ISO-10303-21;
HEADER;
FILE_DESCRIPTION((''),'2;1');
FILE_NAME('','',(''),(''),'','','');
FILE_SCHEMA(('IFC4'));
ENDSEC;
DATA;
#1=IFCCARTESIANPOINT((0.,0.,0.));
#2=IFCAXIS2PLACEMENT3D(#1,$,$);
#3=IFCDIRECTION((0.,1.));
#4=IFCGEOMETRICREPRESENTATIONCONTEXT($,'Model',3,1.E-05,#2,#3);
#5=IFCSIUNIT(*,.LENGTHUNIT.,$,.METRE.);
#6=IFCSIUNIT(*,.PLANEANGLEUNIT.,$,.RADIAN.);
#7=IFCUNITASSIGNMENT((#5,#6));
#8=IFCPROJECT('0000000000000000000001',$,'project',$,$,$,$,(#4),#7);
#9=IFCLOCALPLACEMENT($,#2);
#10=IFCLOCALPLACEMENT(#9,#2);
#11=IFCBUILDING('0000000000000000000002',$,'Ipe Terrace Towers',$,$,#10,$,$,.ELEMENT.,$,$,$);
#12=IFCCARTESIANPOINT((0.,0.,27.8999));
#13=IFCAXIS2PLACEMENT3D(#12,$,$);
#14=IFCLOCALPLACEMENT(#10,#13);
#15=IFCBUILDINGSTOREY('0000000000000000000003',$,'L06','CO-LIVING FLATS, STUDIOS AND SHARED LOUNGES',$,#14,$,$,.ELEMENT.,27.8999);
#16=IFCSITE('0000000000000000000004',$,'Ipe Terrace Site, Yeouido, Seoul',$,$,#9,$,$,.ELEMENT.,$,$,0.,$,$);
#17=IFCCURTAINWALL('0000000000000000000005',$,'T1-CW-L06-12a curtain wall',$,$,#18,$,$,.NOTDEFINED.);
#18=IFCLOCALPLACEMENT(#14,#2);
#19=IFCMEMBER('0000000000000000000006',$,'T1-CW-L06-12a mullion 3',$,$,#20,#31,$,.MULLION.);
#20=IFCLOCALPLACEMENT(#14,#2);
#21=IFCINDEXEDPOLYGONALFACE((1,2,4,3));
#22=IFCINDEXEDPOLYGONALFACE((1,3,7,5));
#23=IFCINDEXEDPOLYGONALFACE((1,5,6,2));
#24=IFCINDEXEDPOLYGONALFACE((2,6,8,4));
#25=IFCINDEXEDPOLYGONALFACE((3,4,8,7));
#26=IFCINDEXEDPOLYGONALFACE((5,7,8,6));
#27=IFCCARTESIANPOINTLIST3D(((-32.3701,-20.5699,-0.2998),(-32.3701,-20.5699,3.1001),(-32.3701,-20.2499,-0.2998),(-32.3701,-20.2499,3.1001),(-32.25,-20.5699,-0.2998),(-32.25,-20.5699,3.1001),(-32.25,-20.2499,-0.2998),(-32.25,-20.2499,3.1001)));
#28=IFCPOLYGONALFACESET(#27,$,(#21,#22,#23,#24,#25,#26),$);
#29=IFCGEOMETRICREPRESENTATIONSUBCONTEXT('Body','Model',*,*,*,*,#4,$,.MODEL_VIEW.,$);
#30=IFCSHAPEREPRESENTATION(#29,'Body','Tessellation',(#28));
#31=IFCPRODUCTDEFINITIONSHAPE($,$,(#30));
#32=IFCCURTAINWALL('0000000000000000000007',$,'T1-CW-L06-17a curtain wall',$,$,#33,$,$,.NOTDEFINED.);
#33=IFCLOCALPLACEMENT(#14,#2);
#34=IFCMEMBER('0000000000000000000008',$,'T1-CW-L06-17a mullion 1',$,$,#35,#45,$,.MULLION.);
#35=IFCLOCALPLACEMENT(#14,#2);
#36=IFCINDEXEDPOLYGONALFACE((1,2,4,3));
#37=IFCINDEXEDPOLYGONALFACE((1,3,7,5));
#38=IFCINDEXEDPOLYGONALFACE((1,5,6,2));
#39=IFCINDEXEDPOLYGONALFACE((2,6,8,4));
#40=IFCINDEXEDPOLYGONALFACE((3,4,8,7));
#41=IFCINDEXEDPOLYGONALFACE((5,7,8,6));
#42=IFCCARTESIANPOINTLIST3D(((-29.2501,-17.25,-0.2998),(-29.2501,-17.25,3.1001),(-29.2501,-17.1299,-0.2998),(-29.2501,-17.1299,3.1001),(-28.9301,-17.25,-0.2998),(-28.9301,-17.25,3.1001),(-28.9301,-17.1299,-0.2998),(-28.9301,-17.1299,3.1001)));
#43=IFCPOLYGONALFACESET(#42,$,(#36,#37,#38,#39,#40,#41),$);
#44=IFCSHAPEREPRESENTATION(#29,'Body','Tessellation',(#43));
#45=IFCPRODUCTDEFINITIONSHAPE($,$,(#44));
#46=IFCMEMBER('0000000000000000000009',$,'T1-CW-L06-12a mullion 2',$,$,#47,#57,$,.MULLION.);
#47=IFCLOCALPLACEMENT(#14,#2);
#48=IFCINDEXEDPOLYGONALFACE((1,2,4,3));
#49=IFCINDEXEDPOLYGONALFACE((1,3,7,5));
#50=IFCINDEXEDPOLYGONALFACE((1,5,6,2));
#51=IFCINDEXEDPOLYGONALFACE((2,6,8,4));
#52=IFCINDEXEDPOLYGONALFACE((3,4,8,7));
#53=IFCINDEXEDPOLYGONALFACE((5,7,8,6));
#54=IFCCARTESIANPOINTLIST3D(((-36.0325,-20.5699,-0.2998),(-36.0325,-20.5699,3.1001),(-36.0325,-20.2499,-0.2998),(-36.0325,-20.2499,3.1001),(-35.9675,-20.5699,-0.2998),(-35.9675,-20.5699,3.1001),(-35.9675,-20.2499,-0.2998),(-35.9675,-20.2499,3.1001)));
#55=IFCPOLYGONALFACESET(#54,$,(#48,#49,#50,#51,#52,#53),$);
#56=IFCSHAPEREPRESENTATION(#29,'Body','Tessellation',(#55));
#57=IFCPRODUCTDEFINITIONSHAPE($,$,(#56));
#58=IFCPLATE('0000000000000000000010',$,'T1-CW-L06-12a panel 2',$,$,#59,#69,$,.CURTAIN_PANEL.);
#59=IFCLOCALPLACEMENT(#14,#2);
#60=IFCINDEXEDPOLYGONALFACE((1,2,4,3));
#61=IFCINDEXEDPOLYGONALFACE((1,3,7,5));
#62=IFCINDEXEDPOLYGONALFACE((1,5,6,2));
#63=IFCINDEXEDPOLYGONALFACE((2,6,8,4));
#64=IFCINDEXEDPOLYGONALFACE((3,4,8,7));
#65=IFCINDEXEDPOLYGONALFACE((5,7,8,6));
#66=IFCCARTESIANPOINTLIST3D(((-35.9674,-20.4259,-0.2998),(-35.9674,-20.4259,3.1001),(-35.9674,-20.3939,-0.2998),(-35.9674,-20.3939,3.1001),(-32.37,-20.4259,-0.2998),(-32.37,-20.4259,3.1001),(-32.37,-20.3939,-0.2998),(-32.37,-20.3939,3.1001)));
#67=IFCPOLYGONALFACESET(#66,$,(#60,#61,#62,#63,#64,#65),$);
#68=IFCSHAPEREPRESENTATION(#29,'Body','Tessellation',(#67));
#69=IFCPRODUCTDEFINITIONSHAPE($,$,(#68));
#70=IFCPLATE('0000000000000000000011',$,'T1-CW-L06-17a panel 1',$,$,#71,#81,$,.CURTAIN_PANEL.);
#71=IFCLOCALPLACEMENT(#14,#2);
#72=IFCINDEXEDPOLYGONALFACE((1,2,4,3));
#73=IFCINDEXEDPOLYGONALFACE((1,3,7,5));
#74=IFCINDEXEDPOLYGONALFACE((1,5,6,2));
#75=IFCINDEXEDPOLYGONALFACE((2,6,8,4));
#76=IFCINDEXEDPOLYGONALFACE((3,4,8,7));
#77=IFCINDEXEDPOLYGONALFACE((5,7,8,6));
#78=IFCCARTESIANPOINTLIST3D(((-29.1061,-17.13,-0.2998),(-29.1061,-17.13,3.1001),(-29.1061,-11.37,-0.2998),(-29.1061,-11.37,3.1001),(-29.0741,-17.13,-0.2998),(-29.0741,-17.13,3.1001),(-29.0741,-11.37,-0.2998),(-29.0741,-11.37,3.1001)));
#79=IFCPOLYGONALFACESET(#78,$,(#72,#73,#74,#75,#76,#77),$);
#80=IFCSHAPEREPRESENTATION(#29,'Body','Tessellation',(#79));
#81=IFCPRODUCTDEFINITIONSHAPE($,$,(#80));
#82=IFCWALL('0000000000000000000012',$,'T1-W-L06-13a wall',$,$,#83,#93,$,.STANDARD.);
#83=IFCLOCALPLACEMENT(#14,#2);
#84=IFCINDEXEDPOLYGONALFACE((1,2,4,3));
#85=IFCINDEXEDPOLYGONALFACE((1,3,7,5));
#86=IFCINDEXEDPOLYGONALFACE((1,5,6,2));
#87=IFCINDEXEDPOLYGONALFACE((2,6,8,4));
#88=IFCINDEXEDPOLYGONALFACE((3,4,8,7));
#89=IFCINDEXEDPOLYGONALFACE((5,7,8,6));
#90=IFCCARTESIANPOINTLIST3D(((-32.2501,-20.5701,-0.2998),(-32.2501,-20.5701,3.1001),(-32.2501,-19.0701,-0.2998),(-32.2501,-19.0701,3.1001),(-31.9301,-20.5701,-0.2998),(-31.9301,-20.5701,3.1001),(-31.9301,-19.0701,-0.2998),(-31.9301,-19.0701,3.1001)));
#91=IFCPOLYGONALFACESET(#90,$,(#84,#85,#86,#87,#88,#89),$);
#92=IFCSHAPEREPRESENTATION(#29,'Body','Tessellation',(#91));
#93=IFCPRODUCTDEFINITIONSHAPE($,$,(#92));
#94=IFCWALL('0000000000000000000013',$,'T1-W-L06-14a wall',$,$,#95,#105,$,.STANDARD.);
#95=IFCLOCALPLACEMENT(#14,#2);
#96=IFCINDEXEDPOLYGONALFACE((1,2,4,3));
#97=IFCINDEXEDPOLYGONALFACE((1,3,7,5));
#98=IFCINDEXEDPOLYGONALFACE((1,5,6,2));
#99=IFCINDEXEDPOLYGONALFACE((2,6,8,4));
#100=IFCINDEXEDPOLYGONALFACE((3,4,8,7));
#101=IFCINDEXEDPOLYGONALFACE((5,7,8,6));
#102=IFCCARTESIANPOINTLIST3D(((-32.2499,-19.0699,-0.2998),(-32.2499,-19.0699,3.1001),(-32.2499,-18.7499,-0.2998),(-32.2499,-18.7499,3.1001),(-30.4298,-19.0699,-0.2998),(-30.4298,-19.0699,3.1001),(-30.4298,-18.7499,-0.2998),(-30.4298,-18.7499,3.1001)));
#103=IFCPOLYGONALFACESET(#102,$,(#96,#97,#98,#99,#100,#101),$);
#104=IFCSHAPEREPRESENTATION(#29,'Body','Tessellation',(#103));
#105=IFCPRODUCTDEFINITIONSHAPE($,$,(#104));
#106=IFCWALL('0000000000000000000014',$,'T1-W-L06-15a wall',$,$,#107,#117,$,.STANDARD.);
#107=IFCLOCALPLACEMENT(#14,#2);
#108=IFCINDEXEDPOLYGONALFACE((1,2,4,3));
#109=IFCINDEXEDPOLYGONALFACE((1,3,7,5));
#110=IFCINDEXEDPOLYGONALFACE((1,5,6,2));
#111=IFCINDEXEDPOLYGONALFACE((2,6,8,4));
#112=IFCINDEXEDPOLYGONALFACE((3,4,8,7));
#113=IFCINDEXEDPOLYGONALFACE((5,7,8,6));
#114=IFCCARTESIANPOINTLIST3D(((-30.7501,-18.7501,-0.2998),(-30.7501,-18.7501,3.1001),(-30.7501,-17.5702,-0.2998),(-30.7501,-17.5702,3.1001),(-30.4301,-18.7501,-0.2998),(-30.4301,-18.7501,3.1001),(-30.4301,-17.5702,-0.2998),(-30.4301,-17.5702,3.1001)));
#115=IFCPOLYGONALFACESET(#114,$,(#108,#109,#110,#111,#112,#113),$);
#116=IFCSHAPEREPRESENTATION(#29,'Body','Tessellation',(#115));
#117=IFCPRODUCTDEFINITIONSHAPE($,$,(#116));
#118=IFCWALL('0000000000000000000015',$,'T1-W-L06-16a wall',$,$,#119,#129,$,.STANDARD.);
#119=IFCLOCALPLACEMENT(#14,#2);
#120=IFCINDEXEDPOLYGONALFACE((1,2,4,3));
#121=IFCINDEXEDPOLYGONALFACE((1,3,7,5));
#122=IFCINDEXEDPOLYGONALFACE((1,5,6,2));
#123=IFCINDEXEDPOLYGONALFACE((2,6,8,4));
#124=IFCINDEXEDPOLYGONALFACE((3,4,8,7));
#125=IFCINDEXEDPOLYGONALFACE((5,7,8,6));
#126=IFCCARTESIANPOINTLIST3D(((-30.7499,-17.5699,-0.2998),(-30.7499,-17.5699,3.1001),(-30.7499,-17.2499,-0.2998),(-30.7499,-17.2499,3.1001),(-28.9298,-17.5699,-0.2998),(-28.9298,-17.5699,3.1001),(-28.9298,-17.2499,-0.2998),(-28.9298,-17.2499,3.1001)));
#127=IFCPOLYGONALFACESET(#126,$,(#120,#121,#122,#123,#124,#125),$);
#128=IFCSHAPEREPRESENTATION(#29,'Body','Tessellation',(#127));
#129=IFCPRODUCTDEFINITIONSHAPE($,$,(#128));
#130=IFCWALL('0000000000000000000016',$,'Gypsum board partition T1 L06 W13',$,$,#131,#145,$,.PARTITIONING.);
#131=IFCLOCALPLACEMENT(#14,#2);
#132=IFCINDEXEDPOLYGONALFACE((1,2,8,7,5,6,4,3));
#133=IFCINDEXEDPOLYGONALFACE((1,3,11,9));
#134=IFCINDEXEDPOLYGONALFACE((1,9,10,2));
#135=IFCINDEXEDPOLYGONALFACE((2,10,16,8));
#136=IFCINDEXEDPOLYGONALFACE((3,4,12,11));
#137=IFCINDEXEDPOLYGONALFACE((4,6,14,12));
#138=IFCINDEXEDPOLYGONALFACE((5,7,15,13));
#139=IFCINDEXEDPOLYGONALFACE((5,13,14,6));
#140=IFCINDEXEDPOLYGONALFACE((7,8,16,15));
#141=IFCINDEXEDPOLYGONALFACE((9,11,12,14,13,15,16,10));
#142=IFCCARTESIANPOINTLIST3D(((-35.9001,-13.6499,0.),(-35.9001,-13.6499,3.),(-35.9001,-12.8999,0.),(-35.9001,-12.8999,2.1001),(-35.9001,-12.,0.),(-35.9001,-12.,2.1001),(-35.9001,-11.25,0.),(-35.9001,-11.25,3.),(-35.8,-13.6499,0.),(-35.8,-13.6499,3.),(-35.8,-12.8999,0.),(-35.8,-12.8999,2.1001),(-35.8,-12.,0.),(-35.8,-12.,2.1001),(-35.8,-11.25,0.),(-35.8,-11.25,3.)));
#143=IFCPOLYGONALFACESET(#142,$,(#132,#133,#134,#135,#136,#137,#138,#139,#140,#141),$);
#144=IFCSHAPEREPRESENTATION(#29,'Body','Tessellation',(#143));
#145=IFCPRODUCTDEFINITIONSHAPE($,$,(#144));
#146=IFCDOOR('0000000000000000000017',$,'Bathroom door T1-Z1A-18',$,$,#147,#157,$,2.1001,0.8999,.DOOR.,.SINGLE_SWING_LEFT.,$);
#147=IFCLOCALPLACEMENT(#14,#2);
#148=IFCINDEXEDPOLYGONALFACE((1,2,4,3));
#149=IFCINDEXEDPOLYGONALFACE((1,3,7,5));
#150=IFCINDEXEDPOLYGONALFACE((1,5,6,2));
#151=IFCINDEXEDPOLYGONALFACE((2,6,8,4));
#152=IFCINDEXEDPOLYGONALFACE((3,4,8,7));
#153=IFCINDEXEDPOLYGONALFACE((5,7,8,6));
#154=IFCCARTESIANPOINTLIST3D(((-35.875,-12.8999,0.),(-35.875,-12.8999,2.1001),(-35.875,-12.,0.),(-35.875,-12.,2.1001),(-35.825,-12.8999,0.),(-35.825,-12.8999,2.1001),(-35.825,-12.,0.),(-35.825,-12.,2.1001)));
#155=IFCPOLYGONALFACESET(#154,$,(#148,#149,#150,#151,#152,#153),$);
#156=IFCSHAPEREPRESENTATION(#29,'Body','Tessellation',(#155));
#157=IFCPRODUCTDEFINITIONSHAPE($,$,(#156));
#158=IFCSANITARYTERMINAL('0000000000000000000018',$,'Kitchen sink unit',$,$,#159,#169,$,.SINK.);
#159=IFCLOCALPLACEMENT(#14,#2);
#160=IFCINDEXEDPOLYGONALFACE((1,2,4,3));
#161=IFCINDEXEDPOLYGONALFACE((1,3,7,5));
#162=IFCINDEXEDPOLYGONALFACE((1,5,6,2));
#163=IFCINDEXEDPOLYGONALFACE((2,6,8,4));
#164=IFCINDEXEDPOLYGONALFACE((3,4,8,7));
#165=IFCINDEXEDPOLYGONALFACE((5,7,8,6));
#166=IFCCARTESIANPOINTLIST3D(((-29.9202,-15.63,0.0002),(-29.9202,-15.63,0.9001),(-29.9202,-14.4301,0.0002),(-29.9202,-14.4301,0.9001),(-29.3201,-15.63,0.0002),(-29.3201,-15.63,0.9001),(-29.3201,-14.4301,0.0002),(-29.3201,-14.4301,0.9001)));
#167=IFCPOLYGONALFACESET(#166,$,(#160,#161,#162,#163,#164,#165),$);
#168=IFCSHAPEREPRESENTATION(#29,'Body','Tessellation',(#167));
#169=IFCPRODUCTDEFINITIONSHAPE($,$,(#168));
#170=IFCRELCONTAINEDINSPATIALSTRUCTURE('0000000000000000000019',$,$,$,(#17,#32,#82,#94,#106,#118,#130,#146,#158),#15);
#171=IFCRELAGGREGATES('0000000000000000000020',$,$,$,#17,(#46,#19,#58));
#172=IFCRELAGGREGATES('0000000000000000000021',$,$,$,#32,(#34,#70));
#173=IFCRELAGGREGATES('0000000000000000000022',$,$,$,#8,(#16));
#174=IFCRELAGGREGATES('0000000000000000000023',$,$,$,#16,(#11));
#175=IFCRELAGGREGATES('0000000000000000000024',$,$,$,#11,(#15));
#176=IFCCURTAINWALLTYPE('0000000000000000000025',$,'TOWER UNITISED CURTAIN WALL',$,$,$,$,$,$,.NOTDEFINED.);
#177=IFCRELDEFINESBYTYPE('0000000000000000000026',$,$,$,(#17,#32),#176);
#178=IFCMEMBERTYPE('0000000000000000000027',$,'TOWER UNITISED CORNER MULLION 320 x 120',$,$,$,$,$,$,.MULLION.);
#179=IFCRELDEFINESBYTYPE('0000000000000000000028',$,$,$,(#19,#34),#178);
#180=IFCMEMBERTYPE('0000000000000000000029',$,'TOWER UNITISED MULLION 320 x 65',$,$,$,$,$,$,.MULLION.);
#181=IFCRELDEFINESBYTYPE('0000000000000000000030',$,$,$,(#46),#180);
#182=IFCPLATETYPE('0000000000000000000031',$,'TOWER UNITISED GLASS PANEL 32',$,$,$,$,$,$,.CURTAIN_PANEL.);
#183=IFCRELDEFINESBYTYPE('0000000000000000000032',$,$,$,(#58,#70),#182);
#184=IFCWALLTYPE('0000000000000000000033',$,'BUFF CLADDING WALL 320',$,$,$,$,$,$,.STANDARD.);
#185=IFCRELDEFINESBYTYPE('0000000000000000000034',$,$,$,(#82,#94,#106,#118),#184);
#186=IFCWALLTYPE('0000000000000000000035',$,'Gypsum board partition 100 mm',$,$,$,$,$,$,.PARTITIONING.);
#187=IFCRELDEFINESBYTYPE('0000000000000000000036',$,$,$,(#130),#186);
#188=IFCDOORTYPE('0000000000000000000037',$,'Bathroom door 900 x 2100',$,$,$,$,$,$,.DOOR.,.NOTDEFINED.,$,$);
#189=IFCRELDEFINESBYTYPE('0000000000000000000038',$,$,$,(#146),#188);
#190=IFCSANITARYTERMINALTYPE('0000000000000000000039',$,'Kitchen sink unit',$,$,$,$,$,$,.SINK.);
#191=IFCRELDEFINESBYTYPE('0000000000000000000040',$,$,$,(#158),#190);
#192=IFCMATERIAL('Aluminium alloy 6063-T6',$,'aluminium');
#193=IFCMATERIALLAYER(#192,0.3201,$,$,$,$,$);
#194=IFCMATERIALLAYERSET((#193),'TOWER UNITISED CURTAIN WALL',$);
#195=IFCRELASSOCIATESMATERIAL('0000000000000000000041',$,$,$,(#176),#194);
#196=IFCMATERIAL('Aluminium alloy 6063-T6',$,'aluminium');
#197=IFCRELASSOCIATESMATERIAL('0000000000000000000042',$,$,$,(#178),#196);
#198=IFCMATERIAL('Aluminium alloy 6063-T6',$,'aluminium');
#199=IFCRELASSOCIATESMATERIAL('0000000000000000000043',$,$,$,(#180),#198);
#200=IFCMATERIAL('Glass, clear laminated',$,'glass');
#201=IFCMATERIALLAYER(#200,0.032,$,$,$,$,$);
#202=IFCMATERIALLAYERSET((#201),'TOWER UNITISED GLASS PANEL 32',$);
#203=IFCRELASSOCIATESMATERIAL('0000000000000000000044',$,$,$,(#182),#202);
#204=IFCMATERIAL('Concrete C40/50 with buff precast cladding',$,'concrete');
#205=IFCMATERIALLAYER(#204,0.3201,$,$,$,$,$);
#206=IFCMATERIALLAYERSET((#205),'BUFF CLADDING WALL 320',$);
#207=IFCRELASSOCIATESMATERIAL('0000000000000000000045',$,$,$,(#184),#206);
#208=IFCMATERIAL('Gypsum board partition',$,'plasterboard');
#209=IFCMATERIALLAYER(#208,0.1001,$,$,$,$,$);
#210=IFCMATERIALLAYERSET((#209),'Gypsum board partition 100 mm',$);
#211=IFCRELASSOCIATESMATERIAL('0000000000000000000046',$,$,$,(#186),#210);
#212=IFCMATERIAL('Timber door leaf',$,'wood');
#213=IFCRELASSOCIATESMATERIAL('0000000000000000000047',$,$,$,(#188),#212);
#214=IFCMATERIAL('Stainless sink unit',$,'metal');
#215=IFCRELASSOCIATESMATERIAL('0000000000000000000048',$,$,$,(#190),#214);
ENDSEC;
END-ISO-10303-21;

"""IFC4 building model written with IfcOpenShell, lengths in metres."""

from ifc_helpers import new_model, si_unit, direction, frame, frame_2d, origin, origin_2d, place, context, subcontext, project, spatial, rectangle, extrude, material, layer, layer_set, material_profile, profile_set, type_object, element, fill, aggregate, save


model = new_model("IFC4")

# Units and contexts
model_context = context("Model", 3, precision=1e-05, world=origin(), true_north=direction((0.0, 1.0)))
body_context = subcontext(model_context, "Body", "Model", "MODEL_VIEW")
ifc_project = project(units=[si_unit("LENGTHUNIT", "METRE"), si_unit("PLANEANGLEUNIT", "RADIAN")], contexts=[model_context])

# Site, building, storey
site_placement = place(None, origin())
site = spatial("IfcSite", under=ifc_project, at=site_placement, Name="Ipe Terrace Site, Yeouido, Seoul", CompositionType="ELEMENT", RefElevation=0.0)
building_placement = place(site_placement, origin())
building = spatial("IfcBuilding", under=site, at=building_placement, Name="Ipe Terrace Towers", CompositionType="ELEMENT")
storey_placement = place(building_placement, frame((0.0, 0.0, 27.8999)))
storey = spatial("IfcBuildingStorey", under=building, at=storey_placement, Name="L06", Description="CO-LIVING FLATS, STUDIOS AND SHARED LOUNGES", CompositionType="ELEMENT", Elevation=27.8999)

# Curtain walls, members
ifc_material_1 = material(Name="Aluminium alloy 6063-T6", Category="aluminium")
ifc_layer_1 = layer(ifc_material_1, 0.3201)
ifc_layer_set_1 = layer_set([ifc_layer_1], Name="TOWER UNITISED CURTAIN WALL")
curtain_wall_type = type_object("IfcCurtainWallType", Name="TOWER UNITISED CURTAIN WALL", PredefinedType="NOTDEFINED", material=ifc_layer_set_1)
curtain_wall_1_placement = place(storey_placement, origin())
curtain_wall_1 = element("IfcCurtainWall", 1, at=curtain_wall_1_placement, inside=storey, type_object=curtain_wall_type, Name="T1-CW-L06-12a curtain wall", PredefinedType="NOTDEFINED")
ifc_material_2 = material(Name="Aluminium alloy 6063-T6", Category="aluminium")
ifc_material_profile_1 = material_profile(ifc_material_2, rectangle(XDim=0.3201, YDim=0.1201, at=origin_2d()), Name="TOWER UNITISED CORNER MULLION 320 x 120")
ifc_profile_set_1 = profile_set([ifc_material_profile_1], Name="Aluminium alloy 6063-T6")
member_type_1 = type_object("IfcMemberType", Name="TOWER UNITISED CORNER MULLION 320 x 120", PredefinedType="MULLION", material=ifc_profile_set_1)
member_1_placement = place(storey_placement, frame((-32.3101, -20.4099, -0.2998), z_axis=(0.0, 0.0, 1.0), x_axis=(0.0, -1.0, 0.0)))
member_1 = element("IfcMember", 2, at=member_1_placement, type_object=member_type_1, Name="T1-CW-L06-12a mullion 3", PredefinedType="MULLION", context=body_context, shape_type="SweptSolid", body=[
    extrude(rectangle(XDim=0.3201, YDim=0.1201, at=origin_2d()), origin(), (0.0, 0.0, 1.0), 3.3999),
])
curtain_wall_2_placement = place(storey_placement, origin())
curtain_wall_2 = element("IfcCurtainWall", 3, at=curtain_wall_2_placement, inside=storey, type_object=curtain_wall_type, Name="T1-CW-L06-17a curtain wall", PredefinedType="NOTDEFINED")
member_2_placement = place(storey_placement, frame((-29.0901, -17.1899, -0.2998), z_axis=(0.0, 0.0, 1.0), x_axis=(1.0, 0.0, 0.0)))
member_2 = element("IfcMember", 4, at=member_2_placement, type_object=member_type_1, Name="T1-CW-L06-17a mullion 1", PredefinedType="MULLION", context=body_context, shape_type="SweptSolid", body=[
    extrude(rectangle(XDim=0.3201, YDim=0.1201, at=origin_2d()), origin(), (0.0, 0.0, 1.0), 3.3999),
])

# Member
ifc_material_3 = material(Name="Aluminium alloy 6063-T6", Category="aluminium")
ifc_material_profile_2 = material_profile(ifc_material_3, rectangle(XDim=0.3201, YDim=0.0649, at=origin_2d()), Name="TOWER UNITISED MULLION 320 x 65")
ifc_profile_set_2 = profile_set([ifc_material_profile_2], Name="Aluminium alloy 6063-T6")
member_type_2 = type_object("IfcMemberType", Name="TOWER UNITISED MULLION 320 x 65", PredefinedType="MULLION", material=ifc_profile_set_2)
member_3_placement = place(storey_placement, frame((-36.0, -20.4099, -0.2998), z_axis=(0.0, 0.0, 1.0), x_axis=(0.0, -1.0, 0.0)))
member_3 = element("IfcMember", 5, at=member_3_placement, type_object=member_type_2, Name="T1-CW-L06-12a mullion 2", PredefinedType="MULLION", context=body_context, shape_type="SweptSolid", body=[
    extrude(rectangle(XDim=0.3201, YDim=0.0649, at=origin_2d()), origin(), (0.0, 0.0, 1.0), 3.3999),
])

# Plates
ifc_material_4 = material(Name="Glass, clear laminated", Category="glass")
ifc_layer_2 = layer(ifc_material_4, 0.032)
ifc_layer_set_2 = layer_set([ifc_layer_2], Name="TOWER UNITISED GLASS PANEL 32")
plate_type = type_object("IfcPlateType", Name="TOWER UNITISED GLASS PANEL 32", PredefinedType="CURTAIN_PANEL", material=ifc_layer_set_2)
plate_1_placement = place(storey_placement, frame((-34.1687, -20.4099, -0.2998), z_axis=(0.0, 0.0, 1.0), x_axis=(1.0, 0.0, 0.0)))
plate_1 = element("IfcPlate", 6, at=plate_1_placement, type_object=plate_type, Name="T1-CW-L06-12a panel 2", PredefinedType="CURTAIN_PANEL", context=body_context, shape_type="SweptSolid", body=[
    extrude(rectangle(XDim=3.5974, YDim=0.032, at=origin_2d()), origin(), (0.0, 0.0, 1.0), 3.3999),
])
aggregate(curtain_wall_1, [member_3, member_1, plate_1])
plate_2_placement = place(storey_placement, frame((-29.0901, -14.25, -0.2998), z_axis=(0.0, 0.0, 1.0), x_axis=(0.0, 1.0, 0.0)))
plate_2 = element("IfcPlate", 7, at=plate_2_placement, type_object=plate_type, Name="T1-CW-L06-17a panel 1", PredefinedType="CURTAIN_PANEL", context=body_context, shape_type="SweptSolid", body=[
    extrude(rectangle(XDim=5.76, YDim=0.032, at=origin_2d()), origin(), (0.0, 0.0, 1.0), 3.3999),
])
aggregate(curtain_wall_2, [member_2, plate_2])

# Walls
ifc_material_5 = material(Name="Concrete C40/50 with buff precast cladding", Category="concrete")
ifc_layer_3 = layer(ifc_material_5, 0.3201)
ifc_layer_set_3 = layer_set([ifc_layer_3], Name="BUFF CLADDING WALL 320")
wall_type_1 = type_object("IfcWallType", Name="BUFF CLADDING WALL 320", PredefinedType="STANDARD", material=ifc_layer_set_3)
wall_1_placement = place(storey_placement, frame((-32.0901, -20.5701, -0.2998), z_axis=(0.0, 0.0, 1.0), x_axis=(0.0, 1.0, 0.0)))
element("IfcWall", 8, at=wall_1_placement, inside=storey, type_object=wall_type_1, Name="T1-W-L06-13a wall", PredefinedType="STANDARD", context=body_context, shape_type="SweptSolid", body=[
    extrude(rectangle(XDim=1.5, YDim=0.3201, at=frame_2d((0.75, 0.0))), origin(), (0.0, 0.0, 1.0), 3.3999),
])
wall_2_placement = place(storey_placement, frame((-32.25, -18.9099, -0.2998), z_axis=(0.0, 0.0, 1.0), x_axis=(1.0, 0.0, 0.0)))
element("IfcWall", 9, at=wall_2_placement, inside=storey, type_object=wall_type_1, Name="T1-W-L06-14a wall", PredefinedType="STANDARD", context=body_context, shape_type="SweptSolid", body=[
    extrude(rectangle(XDim=1.8201, YDim=0.3201, at=frame_2d((0.9102, 0.0))), origin(), (0.0, 0.0, 1.0), 3.3999),
])
wall_3_placement = place(storey_placement, frame((-30.5901, -18.75, -0.2998), z_axis=(0.0, 0.0, 1.0), x_axis=(0.0, 1.0, 0.0)))
element("IfcWall", 10, at=wall_3_placement, inside=storey, type_object=wall_type_1, Name="T1-W-L06-15a wall", PredefinedType="STANDARD", context=body_context, shape_type="SweptSolid", body=[
    extrude(rectangle(XDim=1.1799, YDim=0.3201, at=frame_2d((0.5898, 0.0))), origin(), (0.0, 0.0, 1.0), 3.3999),
])
wall_4_placement = place(storey_placement, frame((-30.75, -17.4099, -0.2998), z_axis=(0.0, 0.0, 1.0), x_axis=(1.0, 0.0, 0.0)))
element("IfcWall", 11, at=wall_4_placement, inside=storey, type_object=wall_type_1, Name="T1-W-L06-16a wall", PredefinedType="STANDARD", context=body_context, shape_type="SweptSolid", body=[
    extrude(rectangle(XDim=1.8201, YDim=0.3201, at=frame_2d((0.9102, 0.0))), origin(), (0.0, 0.0, 1.0), 3.3999),
])

# Wall, opening, door
ifc_material_6 = material(Name="Gypsum board partition", Category="plasterboard")
ifc_layer_4 = layer(ifc_material_6, 0.1001)
ifc_layer_set_4 = layer_set([ifc_layer_4], Name="Gypsum board partition 100 mm")
wall_type_2 = type_object("IfcWallType", Name="Gypsum board partition 100 mm", PredefinedType="PARTITIONING", material=ifc_layer_set_4)
wall_5_placement = place(storey_placement, frame((-35.8501, -13.6499, 0.0), z_axis=(0.0, 0.0, 1.0), x_axis=(0.0, 1.0, 0.0)))
wall_5 = element("IfcWall", 12, at=wall_5_placement, inside=storey, type_object=wall_type_2, Name="Gypsum board partition T1 L06 W13", PredefinedType="PARTITIONING", context=body_context, shape_type="SweptSolid", body=[
    extrude(rectangle(XDim=2.3999, YDim=0.1001, at=frame_2d((1.2, 0.0))), origin(), (0.0, 0.0, 1.0), 3.0),
])
opening_placement = place(wall_5_placement, frame((0.75, 0.0, 0.0)))
opening = element("IfcOpeningElement", 13, at=opening_placement, cuts=wall_5, PredefinedType="OPENING", context=body_context, shape_type="SweptSolid", body=[
    extrude(rectangle(XDim=0.8999, YDim=2.1001, at=frame_2d((0.45, 1.05))), frame((0.0, 0.0601, 0.0), z_axis=(0.0, -1.0, 0.0), x_axis=(1.0, 0.0, 0.0)), (0.0, 0.0, 1.0), 0.1201),
])
ifc_material_7 = material(Name="Timber door leaf", Category="wood")
door_type = type_object("IfcDoorType", Name="Bathroom door 900 x 2100", OperationType="NOTDEFINED", PredefinedType="DOOR", material=ifc_material_7)
door_placement = place(opening_placement, origin())
door = element("IfcDoor", 14, at=door_placement, inside=storey, type_object=door_type, Name="Bathroom door T1-Z1A-18", OperationType="SINGLE_SWING_LEFT", OverallHeight=2.1001, OverallWidth=0.8999, PredefinedType="DOOR", context=body_context, shape_type="SweptSolid", body=[
    extrude(rectangle(XDim=0.8999, YDim=2.1001, at=frame_2d((0.45, 1.05))), frame((0.0, 0.0249, 0.0), z_axis=(0.0, -1.0, 0.0), x_axis=(1.0, 0.0, 0.0)), (0.0, 0.0, 1.0), 0.05),
])
fill(opening, door)

# Sanitary terminal
ifc_material_8 = material(Name="Stainless sink unit", Category="metal")
sanitary_terminal_type = type_object("IfcSanitaryTerminalType", Name="Kitchen sink unit", PredefinedType="SINK", material=ifc_material_8)
sanitary_terminal_placement = place(storey_placement, frame((-29.6201, -15.03, 0.0002), z_axis=(0.0, 0.0, 1.0), x_axis=(0.0, -1.0, 0.0)))
element("IfcSanitaryTerminal", 15, at=sanitary_terminal_placement, inside=storey, type_object=sanitary_terminal_type, Name="Kitchen sink unit", PredefinedType="SINK", context=body_context, shape_type="SweptSolid", body=[
    extrude(rectangle(XDim=1.2, YDim=0.6001, at=origin_2d()), origin(), (0.0, 0.0, 1.0), 0.8999),
])

save(model, "model.ifc")
